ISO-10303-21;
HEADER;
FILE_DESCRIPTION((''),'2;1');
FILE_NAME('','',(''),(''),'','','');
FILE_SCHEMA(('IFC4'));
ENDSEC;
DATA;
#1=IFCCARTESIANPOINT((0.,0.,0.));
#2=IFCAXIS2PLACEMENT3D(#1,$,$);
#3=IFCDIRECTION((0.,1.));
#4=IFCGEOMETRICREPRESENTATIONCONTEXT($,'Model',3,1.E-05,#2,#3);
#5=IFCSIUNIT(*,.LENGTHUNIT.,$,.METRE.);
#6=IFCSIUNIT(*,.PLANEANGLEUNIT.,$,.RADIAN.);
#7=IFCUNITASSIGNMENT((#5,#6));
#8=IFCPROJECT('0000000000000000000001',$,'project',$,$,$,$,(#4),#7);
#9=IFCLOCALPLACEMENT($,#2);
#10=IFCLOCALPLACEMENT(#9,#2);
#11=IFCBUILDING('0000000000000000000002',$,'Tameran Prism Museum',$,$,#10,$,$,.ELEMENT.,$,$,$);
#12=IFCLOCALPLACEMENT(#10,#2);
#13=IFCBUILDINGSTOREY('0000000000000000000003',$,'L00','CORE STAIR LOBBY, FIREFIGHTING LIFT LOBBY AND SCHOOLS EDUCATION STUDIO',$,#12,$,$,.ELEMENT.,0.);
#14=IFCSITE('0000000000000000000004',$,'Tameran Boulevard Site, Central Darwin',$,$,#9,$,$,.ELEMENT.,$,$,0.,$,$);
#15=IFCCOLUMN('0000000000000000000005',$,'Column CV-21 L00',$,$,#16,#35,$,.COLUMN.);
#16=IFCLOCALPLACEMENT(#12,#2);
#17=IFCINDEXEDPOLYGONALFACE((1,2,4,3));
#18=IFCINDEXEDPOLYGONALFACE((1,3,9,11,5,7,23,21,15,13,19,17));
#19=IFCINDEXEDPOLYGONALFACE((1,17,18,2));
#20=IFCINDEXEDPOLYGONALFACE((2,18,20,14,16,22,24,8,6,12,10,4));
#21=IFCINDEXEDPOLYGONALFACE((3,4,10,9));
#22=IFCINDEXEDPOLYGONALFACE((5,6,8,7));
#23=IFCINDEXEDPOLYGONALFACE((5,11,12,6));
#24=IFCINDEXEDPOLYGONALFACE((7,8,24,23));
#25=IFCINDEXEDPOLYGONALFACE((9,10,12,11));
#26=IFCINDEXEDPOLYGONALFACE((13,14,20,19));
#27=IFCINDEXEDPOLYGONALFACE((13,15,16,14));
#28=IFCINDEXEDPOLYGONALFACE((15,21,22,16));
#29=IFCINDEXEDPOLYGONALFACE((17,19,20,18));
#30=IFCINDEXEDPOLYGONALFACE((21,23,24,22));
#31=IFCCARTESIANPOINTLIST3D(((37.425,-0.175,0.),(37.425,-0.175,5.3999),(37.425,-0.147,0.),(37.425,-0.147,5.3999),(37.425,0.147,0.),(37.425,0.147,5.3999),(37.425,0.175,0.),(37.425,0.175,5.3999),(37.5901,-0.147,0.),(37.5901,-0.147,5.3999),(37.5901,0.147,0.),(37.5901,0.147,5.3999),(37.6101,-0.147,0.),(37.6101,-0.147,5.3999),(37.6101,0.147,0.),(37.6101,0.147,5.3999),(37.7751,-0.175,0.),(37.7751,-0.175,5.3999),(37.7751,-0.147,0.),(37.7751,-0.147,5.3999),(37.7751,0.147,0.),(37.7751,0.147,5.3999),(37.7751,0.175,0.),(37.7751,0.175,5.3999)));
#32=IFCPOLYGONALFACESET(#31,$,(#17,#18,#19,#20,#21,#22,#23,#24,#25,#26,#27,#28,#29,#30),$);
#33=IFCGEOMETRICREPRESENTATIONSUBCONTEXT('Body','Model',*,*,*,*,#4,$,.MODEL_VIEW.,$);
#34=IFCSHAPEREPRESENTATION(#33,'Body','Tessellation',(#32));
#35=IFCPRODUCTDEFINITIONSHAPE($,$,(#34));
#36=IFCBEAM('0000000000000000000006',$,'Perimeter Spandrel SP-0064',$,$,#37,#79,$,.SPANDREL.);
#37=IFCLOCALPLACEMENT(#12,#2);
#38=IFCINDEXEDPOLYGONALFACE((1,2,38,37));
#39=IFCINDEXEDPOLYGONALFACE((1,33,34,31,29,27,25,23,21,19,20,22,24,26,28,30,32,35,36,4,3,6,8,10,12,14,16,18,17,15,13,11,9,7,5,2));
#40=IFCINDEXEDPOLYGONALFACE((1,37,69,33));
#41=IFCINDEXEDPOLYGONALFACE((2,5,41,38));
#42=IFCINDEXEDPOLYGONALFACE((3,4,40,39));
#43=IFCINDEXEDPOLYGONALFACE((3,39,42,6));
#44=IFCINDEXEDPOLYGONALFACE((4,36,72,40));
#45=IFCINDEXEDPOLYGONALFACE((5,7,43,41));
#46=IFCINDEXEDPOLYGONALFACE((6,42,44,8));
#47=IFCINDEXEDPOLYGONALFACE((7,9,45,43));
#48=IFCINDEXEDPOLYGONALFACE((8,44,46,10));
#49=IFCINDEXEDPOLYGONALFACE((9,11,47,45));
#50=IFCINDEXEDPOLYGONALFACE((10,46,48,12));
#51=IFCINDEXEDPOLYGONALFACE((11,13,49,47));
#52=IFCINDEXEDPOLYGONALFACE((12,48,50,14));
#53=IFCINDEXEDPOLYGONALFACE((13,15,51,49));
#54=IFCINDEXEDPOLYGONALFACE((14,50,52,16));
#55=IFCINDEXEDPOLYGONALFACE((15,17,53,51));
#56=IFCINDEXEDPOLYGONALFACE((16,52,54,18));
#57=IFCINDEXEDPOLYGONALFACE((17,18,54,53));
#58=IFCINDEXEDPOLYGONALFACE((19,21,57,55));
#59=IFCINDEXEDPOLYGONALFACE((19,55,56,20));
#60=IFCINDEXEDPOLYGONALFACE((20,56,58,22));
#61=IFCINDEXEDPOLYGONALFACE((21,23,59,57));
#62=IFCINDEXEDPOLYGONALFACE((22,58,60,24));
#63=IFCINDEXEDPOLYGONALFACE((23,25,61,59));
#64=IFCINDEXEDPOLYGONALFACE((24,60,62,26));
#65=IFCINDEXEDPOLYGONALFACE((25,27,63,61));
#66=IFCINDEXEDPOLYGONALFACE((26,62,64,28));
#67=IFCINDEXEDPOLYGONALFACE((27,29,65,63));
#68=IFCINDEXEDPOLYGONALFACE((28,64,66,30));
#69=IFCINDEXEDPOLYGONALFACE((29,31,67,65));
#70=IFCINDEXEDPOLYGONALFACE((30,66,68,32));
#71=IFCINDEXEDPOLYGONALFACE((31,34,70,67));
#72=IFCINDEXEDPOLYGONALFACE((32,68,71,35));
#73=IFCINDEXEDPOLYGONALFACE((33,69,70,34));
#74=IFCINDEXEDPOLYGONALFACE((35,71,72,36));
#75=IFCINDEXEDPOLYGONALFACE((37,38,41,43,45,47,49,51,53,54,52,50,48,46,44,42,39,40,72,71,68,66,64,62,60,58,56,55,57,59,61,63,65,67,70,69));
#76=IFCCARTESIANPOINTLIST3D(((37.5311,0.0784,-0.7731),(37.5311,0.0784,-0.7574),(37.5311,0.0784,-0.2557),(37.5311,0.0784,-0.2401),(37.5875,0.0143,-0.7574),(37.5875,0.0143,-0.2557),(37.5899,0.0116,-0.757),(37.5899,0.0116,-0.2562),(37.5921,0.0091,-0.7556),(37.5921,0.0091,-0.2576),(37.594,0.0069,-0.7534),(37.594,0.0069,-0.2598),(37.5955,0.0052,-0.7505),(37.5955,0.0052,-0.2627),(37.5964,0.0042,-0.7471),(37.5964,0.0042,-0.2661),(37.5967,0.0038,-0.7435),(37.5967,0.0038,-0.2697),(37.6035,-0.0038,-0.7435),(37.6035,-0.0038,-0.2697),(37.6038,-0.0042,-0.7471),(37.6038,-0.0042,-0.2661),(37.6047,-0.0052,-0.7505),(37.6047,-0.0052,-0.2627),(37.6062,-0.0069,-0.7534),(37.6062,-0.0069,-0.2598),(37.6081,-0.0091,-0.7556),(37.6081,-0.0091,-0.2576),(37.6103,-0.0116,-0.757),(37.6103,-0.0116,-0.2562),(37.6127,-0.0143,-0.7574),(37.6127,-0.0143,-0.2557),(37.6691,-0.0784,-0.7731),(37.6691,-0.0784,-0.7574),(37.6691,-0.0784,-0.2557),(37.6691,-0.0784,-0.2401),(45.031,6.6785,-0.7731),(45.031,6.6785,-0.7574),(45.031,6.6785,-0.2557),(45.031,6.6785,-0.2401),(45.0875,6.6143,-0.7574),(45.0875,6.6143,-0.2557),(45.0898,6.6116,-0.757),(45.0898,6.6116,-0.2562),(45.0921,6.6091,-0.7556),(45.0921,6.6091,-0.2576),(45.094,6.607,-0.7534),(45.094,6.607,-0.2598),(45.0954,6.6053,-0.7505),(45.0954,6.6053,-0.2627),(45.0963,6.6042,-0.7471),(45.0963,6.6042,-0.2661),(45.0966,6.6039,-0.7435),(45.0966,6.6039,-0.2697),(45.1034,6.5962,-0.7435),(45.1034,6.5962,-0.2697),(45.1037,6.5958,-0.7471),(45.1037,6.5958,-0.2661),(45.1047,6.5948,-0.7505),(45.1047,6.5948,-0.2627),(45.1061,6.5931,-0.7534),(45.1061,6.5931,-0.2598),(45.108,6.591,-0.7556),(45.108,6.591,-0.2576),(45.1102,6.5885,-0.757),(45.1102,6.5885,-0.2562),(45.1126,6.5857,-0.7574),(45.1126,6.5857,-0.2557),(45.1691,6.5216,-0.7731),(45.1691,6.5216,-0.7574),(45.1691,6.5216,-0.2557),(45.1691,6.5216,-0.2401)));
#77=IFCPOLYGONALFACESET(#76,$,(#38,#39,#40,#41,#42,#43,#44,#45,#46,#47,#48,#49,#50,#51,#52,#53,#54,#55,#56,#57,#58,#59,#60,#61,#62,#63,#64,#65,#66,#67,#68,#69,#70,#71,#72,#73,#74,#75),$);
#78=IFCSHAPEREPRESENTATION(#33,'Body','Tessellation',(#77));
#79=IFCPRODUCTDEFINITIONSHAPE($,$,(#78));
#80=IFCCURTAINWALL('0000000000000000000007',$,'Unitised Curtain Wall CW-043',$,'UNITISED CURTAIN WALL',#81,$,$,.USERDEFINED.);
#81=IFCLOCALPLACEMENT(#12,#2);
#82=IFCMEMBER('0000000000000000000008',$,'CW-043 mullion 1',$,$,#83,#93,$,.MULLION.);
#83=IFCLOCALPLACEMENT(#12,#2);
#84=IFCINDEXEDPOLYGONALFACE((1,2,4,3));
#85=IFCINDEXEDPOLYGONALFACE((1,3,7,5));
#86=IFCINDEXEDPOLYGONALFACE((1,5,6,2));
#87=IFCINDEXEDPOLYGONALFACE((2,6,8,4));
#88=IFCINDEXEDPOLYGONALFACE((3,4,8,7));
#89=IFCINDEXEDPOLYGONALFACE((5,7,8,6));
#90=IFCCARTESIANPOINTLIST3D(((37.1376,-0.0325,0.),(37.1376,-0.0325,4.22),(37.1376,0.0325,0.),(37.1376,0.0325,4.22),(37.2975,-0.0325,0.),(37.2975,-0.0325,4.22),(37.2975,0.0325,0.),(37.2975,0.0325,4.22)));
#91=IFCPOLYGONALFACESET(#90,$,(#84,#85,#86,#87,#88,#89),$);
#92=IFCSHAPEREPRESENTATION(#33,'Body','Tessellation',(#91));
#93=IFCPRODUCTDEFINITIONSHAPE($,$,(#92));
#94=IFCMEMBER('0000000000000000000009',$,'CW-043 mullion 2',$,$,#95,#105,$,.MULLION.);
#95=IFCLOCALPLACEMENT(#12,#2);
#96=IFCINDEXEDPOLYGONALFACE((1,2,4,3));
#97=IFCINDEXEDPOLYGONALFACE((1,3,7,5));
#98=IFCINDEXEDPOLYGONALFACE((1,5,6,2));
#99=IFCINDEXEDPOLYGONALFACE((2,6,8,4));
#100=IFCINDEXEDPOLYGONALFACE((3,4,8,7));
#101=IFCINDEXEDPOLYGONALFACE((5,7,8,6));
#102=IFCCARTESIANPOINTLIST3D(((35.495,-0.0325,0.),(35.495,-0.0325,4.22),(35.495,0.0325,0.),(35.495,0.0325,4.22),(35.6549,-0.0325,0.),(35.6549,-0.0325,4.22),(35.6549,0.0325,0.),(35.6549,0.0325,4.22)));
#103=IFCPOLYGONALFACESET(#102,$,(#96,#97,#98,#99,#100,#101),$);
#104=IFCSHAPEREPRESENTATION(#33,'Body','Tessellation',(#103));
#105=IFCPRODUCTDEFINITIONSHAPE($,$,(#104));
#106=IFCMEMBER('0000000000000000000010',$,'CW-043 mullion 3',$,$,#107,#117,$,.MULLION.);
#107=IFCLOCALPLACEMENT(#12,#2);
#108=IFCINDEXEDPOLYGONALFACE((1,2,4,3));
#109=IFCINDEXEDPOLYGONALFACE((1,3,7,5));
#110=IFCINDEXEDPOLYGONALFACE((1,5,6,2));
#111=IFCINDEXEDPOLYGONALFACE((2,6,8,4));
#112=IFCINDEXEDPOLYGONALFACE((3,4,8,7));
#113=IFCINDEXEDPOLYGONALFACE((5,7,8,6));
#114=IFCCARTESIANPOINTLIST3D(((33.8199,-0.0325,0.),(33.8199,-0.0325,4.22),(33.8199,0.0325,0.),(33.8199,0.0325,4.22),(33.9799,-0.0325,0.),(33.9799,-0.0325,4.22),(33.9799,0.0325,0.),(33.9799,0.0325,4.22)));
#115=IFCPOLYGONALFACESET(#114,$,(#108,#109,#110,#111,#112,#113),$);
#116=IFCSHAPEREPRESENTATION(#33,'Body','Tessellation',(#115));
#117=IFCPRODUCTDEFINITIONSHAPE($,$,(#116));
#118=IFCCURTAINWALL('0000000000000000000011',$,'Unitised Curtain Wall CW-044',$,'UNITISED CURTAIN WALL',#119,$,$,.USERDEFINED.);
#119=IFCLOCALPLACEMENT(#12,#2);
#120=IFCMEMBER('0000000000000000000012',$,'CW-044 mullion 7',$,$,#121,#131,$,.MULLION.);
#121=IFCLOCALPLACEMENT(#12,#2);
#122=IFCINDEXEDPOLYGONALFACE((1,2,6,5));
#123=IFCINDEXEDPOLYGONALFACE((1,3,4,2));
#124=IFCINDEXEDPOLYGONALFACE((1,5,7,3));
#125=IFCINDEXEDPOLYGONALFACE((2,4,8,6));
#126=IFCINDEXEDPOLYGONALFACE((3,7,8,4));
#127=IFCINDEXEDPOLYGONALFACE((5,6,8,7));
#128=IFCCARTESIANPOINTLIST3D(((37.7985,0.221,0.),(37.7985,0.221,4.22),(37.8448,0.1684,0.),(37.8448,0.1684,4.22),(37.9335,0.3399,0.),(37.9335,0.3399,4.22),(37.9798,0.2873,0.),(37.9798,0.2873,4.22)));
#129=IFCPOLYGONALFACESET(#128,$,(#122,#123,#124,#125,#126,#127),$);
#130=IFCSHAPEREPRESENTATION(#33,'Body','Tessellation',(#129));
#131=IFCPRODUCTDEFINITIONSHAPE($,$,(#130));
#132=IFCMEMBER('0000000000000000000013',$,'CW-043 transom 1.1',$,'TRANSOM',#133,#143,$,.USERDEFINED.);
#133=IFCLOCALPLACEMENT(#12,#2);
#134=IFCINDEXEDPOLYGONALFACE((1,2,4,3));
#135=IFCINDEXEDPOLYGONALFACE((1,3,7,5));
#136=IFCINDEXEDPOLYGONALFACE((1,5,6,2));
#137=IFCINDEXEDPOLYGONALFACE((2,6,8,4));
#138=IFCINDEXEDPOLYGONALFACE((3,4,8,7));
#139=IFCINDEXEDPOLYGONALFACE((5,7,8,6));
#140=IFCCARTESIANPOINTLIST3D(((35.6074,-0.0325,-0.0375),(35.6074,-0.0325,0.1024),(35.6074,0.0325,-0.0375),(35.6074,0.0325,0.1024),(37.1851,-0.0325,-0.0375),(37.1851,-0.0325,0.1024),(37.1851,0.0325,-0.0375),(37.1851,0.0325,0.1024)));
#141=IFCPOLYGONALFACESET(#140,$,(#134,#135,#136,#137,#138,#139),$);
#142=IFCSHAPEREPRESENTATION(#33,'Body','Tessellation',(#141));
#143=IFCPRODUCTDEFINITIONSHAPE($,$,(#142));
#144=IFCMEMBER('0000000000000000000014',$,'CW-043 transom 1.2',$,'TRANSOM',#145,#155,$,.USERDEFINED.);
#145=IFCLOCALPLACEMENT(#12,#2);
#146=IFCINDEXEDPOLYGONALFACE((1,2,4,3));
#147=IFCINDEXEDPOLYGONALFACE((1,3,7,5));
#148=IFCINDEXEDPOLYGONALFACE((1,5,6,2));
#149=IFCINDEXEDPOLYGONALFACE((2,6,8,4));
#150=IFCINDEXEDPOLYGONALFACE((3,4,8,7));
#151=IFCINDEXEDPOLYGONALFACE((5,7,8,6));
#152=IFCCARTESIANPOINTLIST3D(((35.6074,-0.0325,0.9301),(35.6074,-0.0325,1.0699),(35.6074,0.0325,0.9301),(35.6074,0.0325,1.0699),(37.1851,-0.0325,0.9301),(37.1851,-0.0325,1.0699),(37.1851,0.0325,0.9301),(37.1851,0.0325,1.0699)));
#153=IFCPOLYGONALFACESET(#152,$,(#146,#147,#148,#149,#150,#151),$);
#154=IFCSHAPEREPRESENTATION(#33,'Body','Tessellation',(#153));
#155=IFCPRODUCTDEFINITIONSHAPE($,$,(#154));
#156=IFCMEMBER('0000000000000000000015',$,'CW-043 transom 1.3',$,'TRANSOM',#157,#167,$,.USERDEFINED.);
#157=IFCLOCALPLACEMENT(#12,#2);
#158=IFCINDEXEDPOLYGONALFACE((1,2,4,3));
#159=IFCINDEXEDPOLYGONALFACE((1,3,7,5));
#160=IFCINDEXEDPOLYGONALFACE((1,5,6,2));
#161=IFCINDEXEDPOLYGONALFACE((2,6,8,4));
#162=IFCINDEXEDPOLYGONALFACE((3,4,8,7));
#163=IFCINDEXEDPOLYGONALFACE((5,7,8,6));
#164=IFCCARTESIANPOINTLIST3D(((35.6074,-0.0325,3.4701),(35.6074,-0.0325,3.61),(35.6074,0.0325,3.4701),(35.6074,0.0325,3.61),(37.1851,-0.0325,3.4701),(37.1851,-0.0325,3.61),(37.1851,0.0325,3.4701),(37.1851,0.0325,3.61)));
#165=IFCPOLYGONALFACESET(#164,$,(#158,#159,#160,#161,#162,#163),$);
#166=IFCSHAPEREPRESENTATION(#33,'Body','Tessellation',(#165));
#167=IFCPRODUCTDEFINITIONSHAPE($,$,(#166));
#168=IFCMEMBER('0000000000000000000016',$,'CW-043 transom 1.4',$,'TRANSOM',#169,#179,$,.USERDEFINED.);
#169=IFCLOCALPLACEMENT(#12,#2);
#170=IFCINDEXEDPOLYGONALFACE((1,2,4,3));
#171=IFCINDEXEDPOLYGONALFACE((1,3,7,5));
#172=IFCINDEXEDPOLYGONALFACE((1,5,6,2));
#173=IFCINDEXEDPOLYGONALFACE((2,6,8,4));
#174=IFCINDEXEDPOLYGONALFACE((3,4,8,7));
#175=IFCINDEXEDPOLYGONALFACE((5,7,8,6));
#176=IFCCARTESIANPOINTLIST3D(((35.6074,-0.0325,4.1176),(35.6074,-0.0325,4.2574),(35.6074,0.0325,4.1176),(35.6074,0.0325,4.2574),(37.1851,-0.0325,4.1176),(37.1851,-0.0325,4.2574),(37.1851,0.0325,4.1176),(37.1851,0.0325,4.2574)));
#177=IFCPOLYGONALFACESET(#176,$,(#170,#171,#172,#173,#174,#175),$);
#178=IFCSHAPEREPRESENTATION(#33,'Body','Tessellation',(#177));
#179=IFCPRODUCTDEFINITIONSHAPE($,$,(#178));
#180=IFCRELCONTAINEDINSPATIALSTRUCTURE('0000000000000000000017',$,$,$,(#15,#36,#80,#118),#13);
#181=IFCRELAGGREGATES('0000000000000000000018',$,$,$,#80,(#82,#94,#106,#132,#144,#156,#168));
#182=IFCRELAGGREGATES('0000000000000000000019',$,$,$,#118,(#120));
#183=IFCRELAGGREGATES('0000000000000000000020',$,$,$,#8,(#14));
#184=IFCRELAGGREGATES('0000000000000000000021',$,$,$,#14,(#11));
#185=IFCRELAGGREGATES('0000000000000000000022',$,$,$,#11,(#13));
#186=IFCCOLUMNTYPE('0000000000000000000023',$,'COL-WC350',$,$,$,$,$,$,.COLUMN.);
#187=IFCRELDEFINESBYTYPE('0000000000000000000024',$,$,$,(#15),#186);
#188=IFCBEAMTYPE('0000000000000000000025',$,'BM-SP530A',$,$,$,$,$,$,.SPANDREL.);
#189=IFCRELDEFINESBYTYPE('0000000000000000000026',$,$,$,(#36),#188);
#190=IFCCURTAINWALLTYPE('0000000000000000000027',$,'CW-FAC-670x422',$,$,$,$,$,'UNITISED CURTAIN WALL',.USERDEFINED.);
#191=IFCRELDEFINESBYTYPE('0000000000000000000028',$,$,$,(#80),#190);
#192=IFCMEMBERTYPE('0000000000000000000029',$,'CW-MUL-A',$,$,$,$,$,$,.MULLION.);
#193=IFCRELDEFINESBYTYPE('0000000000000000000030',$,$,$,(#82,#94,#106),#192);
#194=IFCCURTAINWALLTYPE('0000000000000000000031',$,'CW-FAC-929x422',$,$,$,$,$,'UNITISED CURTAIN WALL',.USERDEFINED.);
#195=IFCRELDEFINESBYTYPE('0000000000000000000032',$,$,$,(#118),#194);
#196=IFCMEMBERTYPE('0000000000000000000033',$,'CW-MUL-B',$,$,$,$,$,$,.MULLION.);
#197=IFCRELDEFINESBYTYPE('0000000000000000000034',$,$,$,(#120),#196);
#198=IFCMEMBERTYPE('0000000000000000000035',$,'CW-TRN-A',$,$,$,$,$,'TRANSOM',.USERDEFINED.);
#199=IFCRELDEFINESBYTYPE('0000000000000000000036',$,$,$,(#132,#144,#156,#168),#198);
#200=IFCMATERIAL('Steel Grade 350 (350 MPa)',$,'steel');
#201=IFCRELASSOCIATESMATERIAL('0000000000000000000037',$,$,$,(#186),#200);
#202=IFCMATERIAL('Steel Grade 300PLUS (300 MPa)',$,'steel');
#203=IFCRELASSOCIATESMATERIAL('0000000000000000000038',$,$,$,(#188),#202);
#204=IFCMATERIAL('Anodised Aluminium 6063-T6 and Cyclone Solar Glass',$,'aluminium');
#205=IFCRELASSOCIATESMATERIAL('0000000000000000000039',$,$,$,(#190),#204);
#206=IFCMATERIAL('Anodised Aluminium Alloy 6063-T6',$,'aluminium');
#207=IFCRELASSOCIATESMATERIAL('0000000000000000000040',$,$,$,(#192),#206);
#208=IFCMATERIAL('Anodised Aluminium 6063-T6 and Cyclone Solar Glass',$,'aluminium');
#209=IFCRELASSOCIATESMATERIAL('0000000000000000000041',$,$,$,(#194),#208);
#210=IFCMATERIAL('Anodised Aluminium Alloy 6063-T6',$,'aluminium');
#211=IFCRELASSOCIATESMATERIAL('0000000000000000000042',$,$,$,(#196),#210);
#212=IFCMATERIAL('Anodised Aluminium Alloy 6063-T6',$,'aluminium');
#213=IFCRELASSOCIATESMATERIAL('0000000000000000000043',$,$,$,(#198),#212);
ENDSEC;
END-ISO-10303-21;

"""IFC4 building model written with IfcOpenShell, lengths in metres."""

from ifc_helpers import new_model, si_unit, direction, frame, origin, origin_2d, place, context, subcontext, project, spatial, rectangle, i_section, extrude, material, material_profile, profile_set, type_object, element, aggregate, save


model = new_model("IFC4")

# Units and contexts
model_context = context("Model", 3, precision=1e-05, world=origin(), true_north=direction((0.0, 1.0)))
body_context = subcontext(model_context, "Body", "Model", "MODEL_VIEW")
ifc_project = project(units=[si_unit("LENGTHUNIT", "METRE"), si_unit("PLANEANGLEUNIT", "RADIAN")], contexts=[model_context])

# Site, building, storey
site_placement = place(None, origin())
site = spatial("IfcSite", under=ifc_project, at=site_placement, Name="Tameran Boulevard Site, Central Darwin", CompositionType="ELEMENT", RefElevation=0.0)
building_placement = place(site_placement, origin())
building = spatial("IfcBuilding", under=site, at=building_placement, Name="Tameran Prism Museum", CompositionType="ELEMENT")
storey_placement = place(building_placement, origin())
storey = spatial("IfcBuildingStorey", under=building, at=storey_placement, Name="L00", Description="CORE STAIR LOBBY, FIREFIGHTING LIFT LOBBY AND SCHOOLS EDUCATION STUDIO", CompositionType="ELEMENT", Elevation=0.0)

# Column
ifc_material_1 = material(Name="Steel Grade 350 (350 MPa)", Category="steel")
ifc_material_profile_1 = material_profile(ifc_material_1, i_section(OverallWidth=0.3501, OverallDepth=0.3501, WebThickness=0.02, FlangeThickness=0.0281, at=origin_2d()))
ifc_profile_set_1 = profile_set([ifc_material_profile_1])
column_type = type_object("IfcColumnType", Name="COL-WC350", PredefinedType="COLUMN", material=ifc_profile_set_1)
column_placement = place(storey_placement, frame((37.6001, 0.0, 0.0), z_axis=(0.0, 0.0, 1.0), x_axis=(1.0, 0.0, 0.0)))
element("IfcColumn", 1, at=column_placement, inside=storey, type_object=column_type, Name="Column CV-21 L00", PredefinedType="COLUMN", context=body_context, shape_type="SweptSolid", body=[
    extrude(i_section(OverallWidth=0.3501, OverallDepth=0.3501, WebThickness=0.02, FlangeThickness=0.0281, at=origin_2d()), origin(), (0.0, 0.0, 1.0), 5.3999),
])

# Beam
ifc_material_2 = material(Name="Steel Grade 300PLUS (300 MPa)", Category="steel")
ifc_material_profile_2 = material_profile(ifc_material_2, i_section(OverallWidth=0.209, OverallDepth=0.533, WebThickness=0.0103, FlangeThickness=0.0156, FilletRadius=0.0139, at=origin_2d()))
ifc_profile_set_2 = profile_set([ifc_material_profile_2])
beam_type = type_object("IfcBeamType", Name="BM-SP530A", PredefinedType="SPANDREL", material=ifc_profile_set_2)
beam_placement = place(storey_placement, frame((37.6001, 0.0, -0.5066), z_axis=(0.750709, 0.660633, 0.0), x_axis=(-0.660633, 0.750709, 0.0)))
element("IfcBeam", 2, at=beam_placement, inside=storey, type_object=beam_type, Name="Perimeter Spandrel SP-0064", PredefinedType="SPANDREL", context=body_context, shape_type="SweptSolid", body=[
    extrude(i_section(OverallWidth=0.209, OverallDepth=0.533, WebThickness=0.0103, FlangeThickness=0.0156, FilletRadius=0.0139, at=origin_2d()), origin(), (0.0, 0.0, 1.0), 9.9905),
])

# Curtain wall, members
ifc_material_3 = material(Name="Anodised Aluminium 6063-T6 and Cyclone Solar Glass", Category="aluminium")
curtain_wall_type_1 = type_object("IfcCurtainWallType", Name="CW-FAC-670x422", ElementType="UNITISED CURTAIN WALL", PredefinedType="USERDEFINED", material=ifc_material_3)
curtain_wall_1_placement = place(storey_placement, origin())
curtain_wall_1 = element("IfcCurtainWall", 3, at=curtain_wall_1_placement, inside=storey, type_object=curtain_wall_type_1, Name="Unitised Curtain Wall CW-043", ObjectType="UNITISED CURTAIN WALL", PredefinedType="USERDEFINED")
ifc_material_4 = material(Name="Anodised Aluminium Alloy 6063-T6", Category="aluminium")
ifc_material_profile_3 = material_profile(ifc_material_4, rectangle(XDim=0.0649, YDim=0.1599, at=origin_2d()))
ifc_profile_set_3 = profile_set([ifc_material_profile_3])
member_type_1 = type_object("IfcMemberType", Name="CW-MUL-A", PredefinedType="MULLION", material=ifc_profile_set_3)
member_1_placement = place(storey_placement, frame((37.2175, 0.0, 0.0), z_axis=(0.0, 0.0, 1.0), x_axis=(0.0, -1.0, 0.0)))
member_1 = element("IfcMember", 4, at=member_1_placement, type_object=member_type_1, Name="CW-043 mullion 1", PredefinedType="MULLION", context=body_context, shape_type="SweptSolid", body=[
    extrude(rectangle(XDim=0.0649, YDim=0.1599, at=origin_2d()), origin(), (0.0, 0.0, 1.0), 4.22),
])
member_2_placement = place(storey_placement, frame((35.575, 0.0, 0.0), z_axis=(0.0, 0.0, 1.0), x_axis=(0.0, -1.0, 0.0)))
member_2 = element("IfcMember", 5, at=member_2_placement, type_object=member_type_1, Name="CW-043 mullion 2", PredefinedType="MULLION", context=body_context, shape_type="SweptSolid", body=[
    extrude(rectangle(XDim=0.0649, YDim=0.1599, at=origin_2d()), origin(), (0.0, 0.0, 1.0), 4.22),
])
member_3_placement = place(storey_placement, frame((33.8999, 0.0, 0.0), z_axis=(0.0, 0.0, 1.0), x_axis=(0.0, -1.0, 0.0)))
member_3 = element("IfcMember", 6, at=member_3_placement, type_object=member_type_1, Name="CW-043 mullion 3", PredefinedType="MULLION", context=body_context, shape_type="SweptSolid", body=[
    extrude(rectangle(XDim=0.0649, YDim=0.1599, at=origin_2d()), origin(), (0.0, 0.0, 1.0), 4.22),
])

# Curtain wall, member
ifc_material_5 = material(Name="Anodised Aluminium 6063-T6 and Cyclone Solar Glass", Category="aluminium")
curtain_wall_type_2 = type_object("IfcCurtainWallType", Name="CW-FAC-929x422", ElementType="UNITISED CURTAIN WALL", PredefinedType="USERDEFINED", material=ifc_material_5)
curtain_wall_2_placement = place(storey_placement, origin())
curtain_wall_2 = element("IfcCurtainWall", 7, at=curtain_wall_2_placement, inside=storey, type_object=curtain_wall_type_2, Name="Unitised Curtain Wall CW-044", ObjectType="UNITISED CURTAIN WALL", PredefinedType="USERDEFINED")
ifc_material_6 = material(Name="Anodised Aluminium Alloy 6063-T6", Category="aluminium")
ifc_material_profile_4 = material_profile(ifc_material_6, rectangle(XDim=0.0701, YDim=0.1799, at=origin_2d()))
ifc_profile_set_4 = profile_set([ifc_material_profile_4])
member_type_2 = type_object("IfcMemberType", Name="CW-MUL-B", PredefinedType="MULLION", material=ifc_profile_set_4)
member_4_placement = place(storey_placement, frame((37.8892, 0.2542, 0.0), z_axis=(0.0, 0.0, 1.0), x_axis=(0.660681, -0.750667, 0.0)))
member_4 = element("IfcMember", 8, at=member_4_placement, type_object=member_type_2, Name="CW-044 mullion 7", PredefinedType="MULLION", context=body_context, shape_type="SweptSolid", body=[
    extrude(rectangle(XDim=0.0701, YDim=0.1799, at=origin_2d()), origin(), (0.0, 0.0, 1.0), 4.22),
])

# Members
ifc_material_7 = material(Name="Anodised Aluminium Alloy 6063-T6", Category="aluminium")
ifc_material_profile_5 = material_profile(ifc_material_7, rectangle(XDim=0.0649, YDim=0.1399, at=origin_2d()))
ifc_profile_set_5 = profile_set([ifc_material_profile_5])
member_type_3 = type_object("IfcMemberType", Name="CW-TRN-A", ElementType="TRANSOM", PredefinedType="USERDEFINED", material=ifc_profile_set_5)
member_5_placement = place(storey_placement, frame((37.1851, 0.0, 0.0325), z_axis=(-1.0, 0.0, 0.0), x_axis=(0.0, -1.0, 0.0)))
member_5 = element("IfcMember", 9, at=member_5_placement, type_object=member_type_3, Name="CW-043 transom 1.1", ObjectType="TRANSOM", PredefinedType="USERDEFINED", context=body_context, shape_type="SweptSolid", body=[
    extrude(rectangle(XDim=0.0649, YDim=0.1399, at=origin_2d()), origin(), (0.0, 0.0, 1.0), 1.5776),
])
member_6_placement = place(storey_placement, frame((37.1851, 0.0, 1.0), z_axis=(-1.0, 0.0, 0.0), x_axis=(0.0, -1.0, 0.0)))
member_6 = element("IfcMember", 10, at=member_6_placement, type_object=member_type_3, Name="CW-043 transom 1.2", ObjectType="TRANSOM", PredefinedType="USERDEFINED", context=body_context, shape_type="SweptSolid", body=[
    extrude(rectangle(XDim=0.0649, YDim=0.1399, at=origin_2d()), origin(), (0.0, 0.0, 1.0), 1.5776),
])
member_7_placement = place(storey_placement, frame((37.1851, 0.0, 3.54), z_axis=(-1.0, 0.0, 0.0), x_axis=(0.0, -1.0, 0.0)))
member_7 = element("IfcMember", 11, at=member_7_placement, type_object=member_type_3, Name="CW-043 transom 1.3", ObjectType="TRANSOM", PredefinedType="USERDEFINED", context=body_context, shape_type="SweptSolid", body=[
    extrude(rectangle(XDim=0.0649, YDim=0.1399, at=origin_2d()), origin(), (0.0, 0.0, 1.0), 1.5776),
])
member_8_placement = place(storey_placement, frame((37.1851, 0.0, 4.1875), z_axis=(-1.0, 0.0, 0.0), x_axis=(0.0, -1.0, 0.0)))
member_8 = element("IfcMember", 12, at=member_8_placement, type_object=member_type_3, Name="CW-043 transom 1.4", ObjectType="TRANSOM", PredefinedType="USERDEFINED", context=body_context, shape_type="SweptSolid", body=[
    extrude(rectangle(XDim=0.0649, YDim=0.1399, at=origin_2d()), origin(), (0.0, 0.0, 1.0), 1.5776),
])

aggregate(curtain_wall_1, [member_1, member_2, member_3, member_5, member_6, member_7, member_8])
aggregate(curtain_wall_2, [member_4])

save(model, "model.ifc")
